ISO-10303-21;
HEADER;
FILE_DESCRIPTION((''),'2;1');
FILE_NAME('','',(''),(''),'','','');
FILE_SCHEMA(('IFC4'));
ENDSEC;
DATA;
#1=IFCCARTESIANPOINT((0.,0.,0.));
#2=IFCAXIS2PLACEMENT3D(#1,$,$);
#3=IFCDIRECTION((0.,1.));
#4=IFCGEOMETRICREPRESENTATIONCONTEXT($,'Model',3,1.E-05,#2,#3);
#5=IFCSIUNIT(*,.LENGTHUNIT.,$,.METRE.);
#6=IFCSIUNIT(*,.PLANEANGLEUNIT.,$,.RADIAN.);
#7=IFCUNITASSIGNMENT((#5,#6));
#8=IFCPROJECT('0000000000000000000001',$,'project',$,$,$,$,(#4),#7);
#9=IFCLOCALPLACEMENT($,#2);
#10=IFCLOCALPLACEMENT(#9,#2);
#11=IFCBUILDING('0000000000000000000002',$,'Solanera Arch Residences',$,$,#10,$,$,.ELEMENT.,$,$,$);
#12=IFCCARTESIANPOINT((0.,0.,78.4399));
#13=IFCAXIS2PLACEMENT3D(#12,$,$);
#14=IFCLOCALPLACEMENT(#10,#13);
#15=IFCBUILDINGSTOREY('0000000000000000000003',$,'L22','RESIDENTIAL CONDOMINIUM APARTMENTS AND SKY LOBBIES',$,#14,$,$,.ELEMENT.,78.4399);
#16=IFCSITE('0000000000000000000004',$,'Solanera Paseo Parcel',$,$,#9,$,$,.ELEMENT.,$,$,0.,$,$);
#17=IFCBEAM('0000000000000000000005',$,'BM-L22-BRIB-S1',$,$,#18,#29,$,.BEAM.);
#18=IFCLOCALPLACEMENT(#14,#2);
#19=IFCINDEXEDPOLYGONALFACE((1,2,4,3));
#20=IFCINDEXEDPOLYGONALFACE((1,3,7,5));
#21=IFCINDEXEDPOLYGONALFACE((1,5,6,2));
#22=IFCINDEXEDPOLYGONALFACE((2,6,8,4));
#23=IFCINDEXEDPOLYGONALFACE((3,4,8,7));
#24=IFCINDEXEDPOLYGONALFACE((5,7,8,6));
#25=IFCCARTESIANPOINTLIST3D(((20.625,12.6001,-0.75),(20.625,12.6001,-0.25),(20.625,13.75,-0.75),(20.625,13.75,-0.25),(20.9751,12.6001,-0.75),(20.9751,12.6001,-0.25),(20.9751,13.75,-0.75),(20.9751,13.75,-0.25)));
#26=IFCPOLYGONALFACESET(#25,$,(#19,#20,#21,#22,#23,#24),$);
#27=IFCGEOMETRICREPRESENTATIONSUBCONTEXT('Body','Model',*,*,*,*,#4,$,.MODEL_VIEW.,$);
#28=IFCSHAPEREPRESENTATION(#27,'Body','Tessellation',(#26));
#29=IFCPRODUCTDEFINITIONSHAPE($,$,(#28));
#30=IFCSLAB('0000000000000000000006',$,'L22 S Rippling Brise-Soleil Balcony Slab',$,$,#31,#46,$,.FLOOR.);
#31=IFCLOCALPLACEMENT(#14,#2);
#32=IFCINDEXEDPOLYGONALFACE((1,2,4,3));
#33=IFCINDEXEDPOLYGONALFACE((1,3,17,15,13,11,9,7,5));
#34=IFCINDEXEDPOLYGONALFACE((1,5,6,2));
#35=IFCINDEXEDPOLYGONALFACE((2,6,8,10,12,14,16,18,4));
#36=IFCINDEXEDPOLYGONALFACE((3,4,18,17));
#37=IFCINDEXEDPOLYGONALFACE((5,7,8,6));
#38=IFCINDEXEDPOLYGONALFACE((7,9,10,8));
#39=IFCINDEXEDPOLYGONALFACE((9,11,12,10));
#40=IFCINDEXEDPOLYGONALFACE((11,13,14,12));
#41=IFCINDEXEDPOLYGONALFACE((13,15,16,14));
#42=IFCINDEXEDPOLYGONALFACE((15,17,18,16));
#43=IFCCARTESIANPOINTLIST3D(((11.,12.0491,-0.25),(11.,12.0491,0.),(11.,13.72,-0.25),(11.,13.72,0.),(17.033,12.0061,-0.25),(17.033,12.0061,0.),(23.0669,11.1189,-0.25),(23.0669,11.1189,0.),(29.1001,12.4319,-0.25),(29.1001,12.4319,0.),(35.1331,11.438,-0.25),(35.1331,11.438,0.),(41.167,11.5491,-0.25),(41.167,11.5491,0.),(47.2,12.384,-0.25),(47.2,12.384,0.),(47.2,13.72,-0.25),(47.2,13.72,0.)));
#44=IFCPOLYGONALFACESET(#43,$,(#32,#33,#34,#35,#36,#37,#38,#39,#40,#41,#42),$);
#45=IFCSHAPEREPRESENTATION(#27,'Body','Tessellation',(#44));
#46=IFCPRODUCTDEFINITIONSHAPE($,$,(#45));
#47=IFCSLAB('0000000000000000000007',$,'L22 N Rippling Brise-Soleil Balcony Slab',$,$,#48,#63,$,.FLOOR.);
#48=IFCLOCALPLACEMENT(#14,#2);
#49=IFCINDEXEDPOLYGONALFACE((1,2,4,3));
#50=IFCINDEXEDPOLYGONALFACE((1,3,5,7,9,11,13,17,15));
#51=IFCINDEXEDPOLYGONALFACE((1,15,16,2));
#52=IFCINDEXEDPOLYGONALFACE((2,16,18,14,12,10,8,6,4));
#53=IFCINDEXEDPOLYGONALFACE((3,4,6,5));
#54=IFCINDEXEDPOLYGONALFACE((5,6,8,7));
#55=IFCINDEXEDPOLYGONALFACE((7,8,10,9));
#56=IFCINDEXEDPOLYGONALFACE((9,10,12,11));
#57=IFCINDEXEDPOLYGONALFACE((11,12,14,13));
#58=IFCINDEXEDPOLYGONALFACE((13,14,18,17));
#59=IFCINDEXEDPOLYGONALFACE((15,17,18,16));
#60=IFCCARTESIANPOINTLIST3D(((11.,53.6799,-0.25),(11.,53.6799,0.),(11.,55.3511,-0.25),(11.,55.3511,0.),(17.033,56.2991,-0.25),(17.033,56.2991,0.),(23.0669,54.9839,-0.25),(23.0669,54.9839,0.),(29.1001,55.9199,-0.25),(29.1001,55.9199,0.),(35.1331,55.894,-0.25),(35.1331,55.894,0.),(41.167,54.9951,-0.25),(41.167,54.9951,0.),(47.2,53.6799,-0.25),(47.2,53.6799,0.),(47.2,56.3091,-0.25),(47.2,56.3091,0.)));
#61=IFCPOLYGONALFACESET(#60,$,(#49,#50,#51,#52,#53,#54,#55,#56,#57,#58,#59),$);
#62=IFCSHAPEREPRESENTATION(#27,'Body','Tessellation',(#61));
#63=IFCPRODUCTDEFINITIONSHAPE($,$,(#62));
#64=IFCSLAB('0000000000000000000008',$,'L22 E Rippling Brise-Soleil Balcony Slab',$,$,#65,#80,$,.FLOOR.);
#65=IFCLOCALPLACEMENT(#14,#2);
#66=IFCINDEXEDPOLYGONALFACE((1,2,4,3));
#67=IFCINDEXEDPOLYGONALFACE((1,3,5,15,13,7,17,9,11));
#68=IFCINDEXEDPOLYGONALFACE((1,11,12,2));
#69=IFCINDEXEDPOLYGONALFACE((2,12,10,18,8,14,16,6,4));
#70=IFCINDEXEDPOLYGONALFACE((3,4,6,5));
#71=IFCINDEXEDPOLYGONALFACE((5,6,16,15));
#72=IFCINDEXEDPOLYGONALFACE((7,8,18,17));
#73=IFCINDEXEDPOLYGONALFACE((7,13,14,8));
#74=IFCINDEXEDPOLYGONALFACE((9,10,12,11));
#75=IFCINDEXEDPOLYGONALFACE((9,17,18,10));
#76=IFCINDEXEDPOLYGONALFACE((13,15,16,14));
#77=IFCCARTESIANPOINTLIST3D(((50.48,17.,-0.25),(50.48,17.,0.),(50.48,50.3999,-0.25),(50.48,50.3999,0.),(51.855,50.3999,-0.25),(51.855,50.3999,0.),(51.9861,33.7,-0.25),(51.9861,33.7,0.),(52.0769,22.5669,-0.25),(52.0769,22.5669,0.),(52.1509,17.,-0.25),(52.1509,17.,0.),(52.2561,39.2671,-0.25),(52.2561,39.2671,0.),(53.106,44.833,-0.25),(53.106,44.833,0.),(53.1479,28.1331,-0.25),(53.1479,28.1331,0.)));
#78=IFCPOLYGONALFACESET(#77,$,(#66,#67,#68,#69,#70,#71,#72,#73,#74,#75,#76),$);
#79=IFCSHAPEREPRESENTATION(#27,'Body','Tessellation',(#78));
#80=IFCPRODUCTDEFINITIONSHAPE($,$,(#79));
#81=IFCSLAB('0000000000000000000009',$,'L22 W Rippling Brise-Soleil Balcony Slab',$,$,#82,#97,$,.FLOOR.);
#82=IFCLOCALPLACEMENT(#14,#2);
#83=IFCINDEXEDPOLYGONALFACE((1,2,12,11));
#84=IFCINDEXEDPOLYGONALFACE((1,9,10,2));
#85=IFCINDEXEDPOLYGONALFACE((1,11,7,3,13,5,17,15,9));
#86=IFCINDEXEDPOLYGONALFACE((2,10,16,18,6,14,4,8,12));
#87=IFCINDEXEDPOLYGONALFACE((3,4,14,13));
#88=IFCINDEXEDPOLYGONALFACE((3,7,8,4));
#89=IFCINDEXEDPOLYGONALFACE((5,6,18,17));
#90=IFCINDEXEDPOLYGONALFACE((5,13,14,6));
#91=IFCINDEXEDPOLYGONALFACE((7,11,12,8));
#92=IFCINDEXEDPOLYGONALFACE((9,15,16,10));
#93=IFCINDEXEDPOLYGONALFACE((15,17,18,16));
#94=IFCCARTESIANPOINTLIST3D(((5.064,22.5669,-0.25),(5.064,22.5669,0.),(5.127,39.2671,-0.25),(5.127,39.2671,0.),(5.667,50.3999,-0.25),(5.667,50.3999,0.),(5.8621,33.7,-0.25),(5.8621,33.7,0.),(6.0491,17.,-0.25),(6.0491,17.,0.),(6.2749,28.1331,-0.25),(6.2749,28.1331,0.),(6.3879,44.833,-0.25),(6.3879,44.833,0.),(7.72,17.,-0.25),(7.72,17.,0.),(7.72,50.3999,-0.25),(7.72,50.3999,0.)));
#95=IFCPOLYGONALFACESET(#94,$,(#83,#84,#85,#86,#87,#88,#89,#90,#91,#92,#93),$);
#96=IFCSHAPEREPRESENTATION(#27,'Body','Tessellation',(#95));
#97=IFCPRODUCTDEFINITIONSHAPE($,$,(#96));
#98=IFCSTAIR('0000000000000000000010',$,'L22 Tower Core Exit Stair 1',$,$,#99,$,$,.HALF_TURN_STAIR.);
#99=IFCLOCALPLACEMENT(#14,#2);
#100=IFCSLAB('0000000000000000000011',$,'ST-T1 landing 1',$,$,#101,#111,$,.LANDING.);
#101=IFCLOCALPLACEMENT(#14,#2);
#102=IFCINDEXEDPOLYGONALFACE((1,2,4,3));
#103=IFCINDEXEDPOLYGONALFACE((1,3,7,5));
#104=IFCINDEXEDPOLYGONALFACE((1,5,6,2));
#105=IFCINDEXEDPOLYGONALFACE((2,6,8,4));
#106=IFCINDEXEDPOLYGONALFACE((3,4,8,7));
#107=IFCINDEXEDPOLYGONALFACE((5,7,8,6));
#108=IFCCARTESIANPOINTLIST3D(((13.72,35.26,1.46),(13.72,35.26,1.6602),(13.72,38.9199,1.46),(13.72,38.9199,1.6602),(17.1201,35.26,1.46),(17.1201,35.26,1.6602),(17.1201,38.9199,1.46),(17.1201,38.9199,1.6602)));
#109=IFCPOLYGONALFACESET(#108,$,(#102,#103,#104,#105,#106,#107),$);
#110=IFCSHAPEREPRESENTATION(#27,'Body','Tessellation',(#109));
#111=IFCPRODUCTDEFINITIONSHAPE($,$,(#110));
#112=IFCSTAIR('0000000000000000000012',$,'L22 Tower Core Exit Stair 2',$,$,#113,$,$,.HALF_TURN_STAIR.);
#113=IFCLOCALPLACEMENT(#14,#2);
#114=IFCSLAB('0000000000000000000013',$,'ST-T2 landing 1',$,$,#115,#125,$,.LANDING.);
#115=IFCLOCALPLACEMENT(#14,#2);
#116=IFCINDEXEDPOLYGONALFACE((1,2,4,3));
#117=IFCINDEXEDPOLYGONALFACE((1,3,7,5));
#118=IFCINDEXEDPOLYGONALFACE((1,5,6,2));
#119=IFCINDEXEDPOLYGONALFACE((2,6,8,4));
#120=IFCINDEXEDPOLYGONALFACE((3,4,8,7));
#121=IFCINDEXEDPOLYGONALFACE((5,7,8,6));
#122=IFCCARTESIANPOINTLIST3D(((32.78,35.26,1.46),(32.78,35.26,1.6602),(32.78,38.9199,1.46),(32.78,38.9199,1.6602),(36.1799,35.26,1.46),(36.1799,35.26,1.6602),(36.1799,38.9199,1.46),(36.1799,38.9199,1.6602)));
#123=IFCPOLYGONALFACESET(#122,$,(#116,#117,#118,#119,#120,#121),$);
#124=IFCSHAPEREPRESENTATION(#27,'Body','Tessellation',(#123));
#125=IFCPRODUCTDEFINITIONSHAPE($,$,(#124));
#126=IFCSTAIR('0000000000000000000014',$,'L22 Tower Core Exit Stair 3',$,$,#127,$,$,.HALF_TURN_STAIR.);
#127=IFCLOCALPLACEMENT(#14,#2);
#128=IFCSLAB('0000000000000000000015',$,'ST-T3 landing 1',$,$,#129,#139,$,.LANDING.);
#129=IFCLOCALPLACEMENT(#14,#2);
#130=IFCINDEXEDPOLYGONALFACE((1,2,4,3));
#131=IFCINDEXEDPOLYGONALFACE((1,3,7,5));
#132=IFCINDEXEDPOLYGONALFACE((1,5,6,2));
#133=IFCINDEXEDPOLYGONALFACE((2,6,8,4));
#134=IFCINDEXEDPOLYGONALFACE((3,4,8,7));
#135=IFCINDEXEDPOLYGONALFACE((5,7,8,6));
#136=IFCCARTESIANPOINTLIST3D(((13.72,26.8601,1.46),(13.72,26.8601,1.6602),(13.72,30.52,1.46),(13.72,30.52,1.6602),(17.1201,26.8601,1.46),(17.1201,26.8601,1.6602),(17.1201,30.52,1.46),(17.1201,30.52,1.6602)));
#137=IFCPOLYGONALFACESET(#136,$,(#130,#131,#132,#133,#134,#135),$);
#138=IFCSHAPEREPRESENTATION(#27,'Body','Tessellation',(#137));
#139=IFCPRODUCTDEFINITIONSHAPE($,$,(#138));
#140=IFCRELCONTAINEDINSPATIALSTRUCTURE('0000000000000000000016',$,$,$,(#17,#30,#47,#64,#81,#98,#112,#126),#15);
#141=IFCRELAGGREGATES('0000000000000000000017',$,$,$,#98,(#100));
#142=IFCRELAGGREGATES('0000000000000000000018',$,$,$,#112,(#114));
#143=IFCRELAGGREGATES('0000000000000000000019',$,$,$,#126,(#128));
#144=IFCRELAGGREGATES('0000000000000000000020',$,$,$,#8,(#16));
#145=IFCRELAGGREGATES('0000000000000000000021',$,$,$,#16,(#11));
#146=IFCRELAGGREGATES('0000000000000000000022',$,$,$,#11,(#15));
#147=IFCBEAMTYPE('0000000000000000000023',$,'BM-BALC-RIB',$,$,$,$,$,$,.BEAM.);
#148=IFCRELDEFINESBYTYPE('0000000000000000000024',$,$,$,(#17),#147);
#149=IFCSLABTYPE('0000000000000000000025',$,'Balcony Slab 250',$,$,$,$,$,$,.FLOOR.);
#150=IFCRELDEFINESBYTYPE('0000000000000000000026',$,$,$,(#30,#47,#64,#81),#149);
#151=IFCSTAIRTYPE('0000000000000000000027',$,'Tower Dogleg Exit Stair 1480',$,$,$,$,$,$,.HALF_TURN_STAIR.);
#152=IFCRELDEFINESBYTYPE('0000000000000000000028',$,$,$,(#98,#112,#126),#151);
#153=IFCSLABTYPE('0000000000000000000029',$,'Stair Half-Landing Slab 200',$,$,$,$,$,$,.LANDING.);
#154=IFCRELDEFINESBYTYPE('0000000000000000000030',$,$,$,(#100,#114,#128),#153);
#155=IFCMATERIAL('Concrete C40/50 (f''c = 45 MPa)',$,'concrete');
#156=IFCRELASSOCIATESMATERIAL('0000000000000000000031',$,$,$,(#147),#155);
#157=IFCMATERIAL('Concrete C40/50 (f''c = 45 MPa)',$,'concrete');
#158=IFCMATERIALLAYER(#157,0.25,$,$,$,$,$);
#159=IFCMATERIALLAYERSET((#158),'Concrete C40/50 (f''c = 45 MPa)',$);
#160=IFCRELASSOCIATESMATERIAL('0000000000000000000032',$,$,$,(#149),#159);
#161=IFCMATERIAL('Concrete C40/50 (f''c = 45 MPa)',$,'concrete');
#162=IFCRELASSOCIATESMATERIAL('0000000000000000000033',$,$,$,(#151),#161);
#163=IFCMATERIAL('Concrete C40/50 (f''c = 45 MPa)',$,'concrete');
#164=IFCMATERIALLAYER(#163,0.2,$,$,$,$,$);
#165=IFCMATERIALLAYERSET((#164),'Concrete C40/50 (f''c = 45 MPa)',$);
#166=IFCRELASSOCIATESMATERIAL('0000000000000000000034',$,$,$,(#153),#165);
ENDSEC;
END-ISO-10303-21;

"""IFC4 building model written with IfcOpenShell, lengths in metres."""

from ifc_helpers import new_model, si_unit, direction, frame, origin, origin_2d, place, context, subcontext, project, spatial, polyline, rectangle, outline, extrude, material, layer, layer_set, material_profile, profile_set, type_object, element, aggregate, save


model = new_model("IFC4")

# Units and contexts
model_context = context("Model", 3, precision=1e-05, world=origin(), true_north=direction((0.0, 1.0)))
body_context = subcontext(model_context, "Body", "Model", "MODEL_VIEW")
ifc_project = project(units=[si_unit("LENGTHUNIT", "METRE"), si_unit("PLANEANGLEUNIT", "RADIAN")], contexts=[model_context])

# Site, building, storey
site_placement = place(None, origin())
site = spatial("IfcSite", under=ifc_project, at=site_placement, Name="Solanera Paseo Parcel", CompositionType="ELEMENT", RefElevation=0.0)
building_placement = place(site_placement, origin())
building = spatial("IfcBuilding", under=site, at=building_placement, Name="Solanera Arch Residences", CompositionType="ELEMENT")
storey_placement = place(building_placement, frame((0.0, 0.0, 78.4399)))
storey = spatial("IfcBuildingStorey", under=building, at=storey_placement, Name="L22", Description="RESIDENTIAL CONDOMINIUM APARTMENTS AND SKY LOBBIES", CompositionType="ELEMENT", Elevation=78.4399)

# Beam
ifc_material_1 = material(Name="Concrete C40/50 (f'c = 45 MPa)", Category="concrete")
ifc_material_profile = material_profile(ifc_material_1, rectangle(XDim=0.3501, YDim=0.5, at=origin_2d()))
ifc_profile_set = profile_set([ifc_material_profile], Name="Concrete C40/50 (f'c = 45 MPa)")
beam_type = type_object("IfcBeamType", Name="BM-BALC-RIB", PredefinedType="BEAM", material=ifc_profile_set)
beam_placement = place(storey_placement, frame((20.8, 12.6001, -0.5), z_axis=(0.0, 1.0, 0.0), x_axis=(-1.0, 0.0, 0.0)))
element("IfcBeam", 1, at=beam_placement, inside=storey, type_object=beam_type, Name="BM-L22-BRIB-S1", PredefinedType="BEAM", context=body_context, shape_type="SweptSolid", body=[
    extrude(rectangle(XDim=0.3501, YDim=0.5, at=origin_2d()), origin(), (0.0, 0.0, 1.0), 1.1499),
])

# Slabs
ifc_material_2 = material(Name="Concrete C40/50 (f'c = 45 MPa)", Category="concrete")
ifc_layer_1 = layer(ifc_material_2, 0.25)
ifc_layer_set_1 = layer_set([ifc_layer_1], Name="Concrete C40/50 (f'c = 45 MPa)")
slab_type_1 = type_object("IfcSlabType", Name="Balcony Slab 250", PredefinedType="FLOOR", material=ifc_layer_set_1)
slab_1_placement = place(storey_placement, frame((0.0, 0.0, -0.25)))
element("IfcSlab", 2, at=slab_1_placement, inside=storey, type_object=slab_type_1, Name="L22 S Rippling Brise-Soleil Balcony Slab", PredefinedType="FLOOR", context=body_context, shape_type="SweptSolid", body=[
    extrude(outline(polyline([(11.0, 12.0491), (17.033, 12.0061), (23.0669, 11.1189), (29.1001, 12.4319), (35.1331, 11.438), (41.167, 11.5491), (47.2, 12.384), (47.2, 13.72), (11.0, 13.72), (11.0, 12.0491)])), origin(), (0.0, 0.0, 1.0), 0.25),
])
slab_2_placement = place(storey_placement, frame((0.0, 0.0, -0.25)))
element("IfcSlab", 3, at=slab_2_placement, inside=storey, type_object=slab_type_1, Name="L22 N Rippling Brise-Soleil Balcony Slab", PredefinedType="FLOOR", context=body_context, shape_type="SweptSolid", body=[
    extrude(outline(polyline([(47.2, 56.3091), (41.167, 54.9951), (35.1331, 55.894), (29.1001, 55.9199), (23.0669, 54.9839), (17.033, 56.2991), (11.0, 55.3511), (11.0, 53.6799), (47.2, 53.6799), (47.2, 56.3091)])), origin(), (0.0, 0.0, 1.0), 0.25),
])
slab_3_placement = place(storey_placement, frame((0.0, 0.0, -0.25)))
element("IfcSlab", 4, at=slab_3_placement, inside=storey, type_object=slab_type_1, Name="L22 E Rippling Brise-Soleil Balcony Slab", PredefinedType="FLOOR", context=body_context, shape_type="SweptSolid", body=[
    extrude(outline(polyline([(52.1509, 17.0), (52.0769, 22.5669), (53.1479, 28.1331), (51.9861, 33.7), (52.2561, 39.2671), (53.106, 44.833), (51.855, 50.3999), (50.48, 50.3999), (50.48, 17.0), (52.1509, 17.0)])), origin(), (0.0, 0.0, 1.0), 0.25),
])
slab_4_placement = place(storey_placement, frame((0.0, 0.0, -0.25)))
element("IfcSlab", 5, at=slab_4_placement, inside=storey, type_object=slab_type_1, Name="L22 W Rippling Brise-Soleil Balcony Slab", PredefinedType="FLOOR", context=body_context, shape_type="SweptSolid", body=[
    extrude(outline(polyline([(5.667, 50.3999), (6.3879, 44.833), (5.127, 39.2671), (5.8621, 33.7), (6.2749, 28.1331), (5.064, 22.5669), (6.0491, 17.0), (7.72, 17.0), (7.72, 50.3999), (5.667, 50.3999)])), origin(), (0.0, 0.0, 1.0), 0.25),
])

# Stairs, slabs
ifc_material_3 = material(Name="Concrete C40/50 (f'c = 45 MPa)", Category="concrete")
stair_type = type_object("IfcStairType", Name="Tower Dogleg Exit Stair 1480", PredefinedType="HALF_TURN_STAIR", material=ifc_material_3)
stair_1_placement = place(storey_placement, origin())
stair_1 = element("IfcStair", 6, at=stair_1_placement, inside=storey, type_object=stair_type, Name="L22 Tower Core Exit Stair 1", PredefinedType="HALF_TURN_STAIR")
ifc_material_4 = material(Name="Concrete C40/50 (f'c = 45 MPa)", Category="concrete")
ifc_layer_2 = layer(ifc_material_4, 0.2)
ifc_layer_set_2 = layer_set([ifc_layer_2], Name="Concrete C40/50 (f'c = 45 MPa)")
slab_type_2 = type_object("IfcSlabType", Name="Stair Half-Landing Slab 200", PredefinedType="LANDING", material=ifc_layer_set_2)
slab_5_placement = place(storey_placement, frame((0.0, 0.0, 1.46)))
slab_5 = element("IfcSlab", 7, at=slab_5_placement, type_object=slab_type_2, Name="ST-T1 landing 1", PredefinedType="LANDING", context=body_context, shape_type="SweptSolid", body=[
    extrude(outline(polyline([(17.1201, 35.26), (17.1201, 38.9199), (13.72, 38.9199), (13.72, 35.26), (17.1201, 35.26)])), origin(), (0.0, 0.0, 1.0), 0.2002),
])
aggregate(stair_1, [slab_5])
stair_2_placement = place(storey_placement, origin())
stair_2 = element("IfcStair", 8, at=stair_2_placement, inside=storey, type_object=stair_type, Name="L22 Tower Core Exit Stair 2", PredefinedType="HALF_TURN_STAIR")
slab_6_placement = place(storey_placement, frame((0.0, 0.0, 1.46)))
slab_6 = element("IfcSlab", 9, at=slab_6_placement, type_object=slab_type_2, Name="ST-T2 landing 1", PredefinedType="LANDING", context=body_context, shape_type="SweptSolid", body=[
    extrude(outline(polyline([(36.1799, 35.26), (36.1799, 38.9199), (32.78, 38.9199), (32.78, 35.26), (36.1799, 35.26)])), origin(), (0.0, 0.0, 1.0), 0.2002),
])
aggregate(stair_2, [slab_6])
stair_3_placement = place(storey_placement, origin())
stair_3 = element("IfcStair", 10, at=stair_3_placement, inside=storey, type_object=stair_type, Name="L22 Tower Core Exit Stair 3", PredefinedType="HALF_TURN_STAIR")
slab_7_placement = place(storey_placement, frame((0.0, 0.0, 1.46)))
slab_7 = element("IfcSlab", 11, at=slab_7_placement, type_object=slab_type_2, Name="ST-T3 landing 1", PredefinedType="LANDING", context=body_context, shape_type="SweptSolid", body=[
    extrude(outline(polyline([(17.1201, 26.8601), (17.1201, 30.52), (13.72, 30.52), (13.72, 26.8601), (17.1201, 26.8601)])), origin(), (0.0, 0.0, 1.0), 0.2002),
])
aggregate(stair_3, [slab_7])

save(model, "model.ifc")
